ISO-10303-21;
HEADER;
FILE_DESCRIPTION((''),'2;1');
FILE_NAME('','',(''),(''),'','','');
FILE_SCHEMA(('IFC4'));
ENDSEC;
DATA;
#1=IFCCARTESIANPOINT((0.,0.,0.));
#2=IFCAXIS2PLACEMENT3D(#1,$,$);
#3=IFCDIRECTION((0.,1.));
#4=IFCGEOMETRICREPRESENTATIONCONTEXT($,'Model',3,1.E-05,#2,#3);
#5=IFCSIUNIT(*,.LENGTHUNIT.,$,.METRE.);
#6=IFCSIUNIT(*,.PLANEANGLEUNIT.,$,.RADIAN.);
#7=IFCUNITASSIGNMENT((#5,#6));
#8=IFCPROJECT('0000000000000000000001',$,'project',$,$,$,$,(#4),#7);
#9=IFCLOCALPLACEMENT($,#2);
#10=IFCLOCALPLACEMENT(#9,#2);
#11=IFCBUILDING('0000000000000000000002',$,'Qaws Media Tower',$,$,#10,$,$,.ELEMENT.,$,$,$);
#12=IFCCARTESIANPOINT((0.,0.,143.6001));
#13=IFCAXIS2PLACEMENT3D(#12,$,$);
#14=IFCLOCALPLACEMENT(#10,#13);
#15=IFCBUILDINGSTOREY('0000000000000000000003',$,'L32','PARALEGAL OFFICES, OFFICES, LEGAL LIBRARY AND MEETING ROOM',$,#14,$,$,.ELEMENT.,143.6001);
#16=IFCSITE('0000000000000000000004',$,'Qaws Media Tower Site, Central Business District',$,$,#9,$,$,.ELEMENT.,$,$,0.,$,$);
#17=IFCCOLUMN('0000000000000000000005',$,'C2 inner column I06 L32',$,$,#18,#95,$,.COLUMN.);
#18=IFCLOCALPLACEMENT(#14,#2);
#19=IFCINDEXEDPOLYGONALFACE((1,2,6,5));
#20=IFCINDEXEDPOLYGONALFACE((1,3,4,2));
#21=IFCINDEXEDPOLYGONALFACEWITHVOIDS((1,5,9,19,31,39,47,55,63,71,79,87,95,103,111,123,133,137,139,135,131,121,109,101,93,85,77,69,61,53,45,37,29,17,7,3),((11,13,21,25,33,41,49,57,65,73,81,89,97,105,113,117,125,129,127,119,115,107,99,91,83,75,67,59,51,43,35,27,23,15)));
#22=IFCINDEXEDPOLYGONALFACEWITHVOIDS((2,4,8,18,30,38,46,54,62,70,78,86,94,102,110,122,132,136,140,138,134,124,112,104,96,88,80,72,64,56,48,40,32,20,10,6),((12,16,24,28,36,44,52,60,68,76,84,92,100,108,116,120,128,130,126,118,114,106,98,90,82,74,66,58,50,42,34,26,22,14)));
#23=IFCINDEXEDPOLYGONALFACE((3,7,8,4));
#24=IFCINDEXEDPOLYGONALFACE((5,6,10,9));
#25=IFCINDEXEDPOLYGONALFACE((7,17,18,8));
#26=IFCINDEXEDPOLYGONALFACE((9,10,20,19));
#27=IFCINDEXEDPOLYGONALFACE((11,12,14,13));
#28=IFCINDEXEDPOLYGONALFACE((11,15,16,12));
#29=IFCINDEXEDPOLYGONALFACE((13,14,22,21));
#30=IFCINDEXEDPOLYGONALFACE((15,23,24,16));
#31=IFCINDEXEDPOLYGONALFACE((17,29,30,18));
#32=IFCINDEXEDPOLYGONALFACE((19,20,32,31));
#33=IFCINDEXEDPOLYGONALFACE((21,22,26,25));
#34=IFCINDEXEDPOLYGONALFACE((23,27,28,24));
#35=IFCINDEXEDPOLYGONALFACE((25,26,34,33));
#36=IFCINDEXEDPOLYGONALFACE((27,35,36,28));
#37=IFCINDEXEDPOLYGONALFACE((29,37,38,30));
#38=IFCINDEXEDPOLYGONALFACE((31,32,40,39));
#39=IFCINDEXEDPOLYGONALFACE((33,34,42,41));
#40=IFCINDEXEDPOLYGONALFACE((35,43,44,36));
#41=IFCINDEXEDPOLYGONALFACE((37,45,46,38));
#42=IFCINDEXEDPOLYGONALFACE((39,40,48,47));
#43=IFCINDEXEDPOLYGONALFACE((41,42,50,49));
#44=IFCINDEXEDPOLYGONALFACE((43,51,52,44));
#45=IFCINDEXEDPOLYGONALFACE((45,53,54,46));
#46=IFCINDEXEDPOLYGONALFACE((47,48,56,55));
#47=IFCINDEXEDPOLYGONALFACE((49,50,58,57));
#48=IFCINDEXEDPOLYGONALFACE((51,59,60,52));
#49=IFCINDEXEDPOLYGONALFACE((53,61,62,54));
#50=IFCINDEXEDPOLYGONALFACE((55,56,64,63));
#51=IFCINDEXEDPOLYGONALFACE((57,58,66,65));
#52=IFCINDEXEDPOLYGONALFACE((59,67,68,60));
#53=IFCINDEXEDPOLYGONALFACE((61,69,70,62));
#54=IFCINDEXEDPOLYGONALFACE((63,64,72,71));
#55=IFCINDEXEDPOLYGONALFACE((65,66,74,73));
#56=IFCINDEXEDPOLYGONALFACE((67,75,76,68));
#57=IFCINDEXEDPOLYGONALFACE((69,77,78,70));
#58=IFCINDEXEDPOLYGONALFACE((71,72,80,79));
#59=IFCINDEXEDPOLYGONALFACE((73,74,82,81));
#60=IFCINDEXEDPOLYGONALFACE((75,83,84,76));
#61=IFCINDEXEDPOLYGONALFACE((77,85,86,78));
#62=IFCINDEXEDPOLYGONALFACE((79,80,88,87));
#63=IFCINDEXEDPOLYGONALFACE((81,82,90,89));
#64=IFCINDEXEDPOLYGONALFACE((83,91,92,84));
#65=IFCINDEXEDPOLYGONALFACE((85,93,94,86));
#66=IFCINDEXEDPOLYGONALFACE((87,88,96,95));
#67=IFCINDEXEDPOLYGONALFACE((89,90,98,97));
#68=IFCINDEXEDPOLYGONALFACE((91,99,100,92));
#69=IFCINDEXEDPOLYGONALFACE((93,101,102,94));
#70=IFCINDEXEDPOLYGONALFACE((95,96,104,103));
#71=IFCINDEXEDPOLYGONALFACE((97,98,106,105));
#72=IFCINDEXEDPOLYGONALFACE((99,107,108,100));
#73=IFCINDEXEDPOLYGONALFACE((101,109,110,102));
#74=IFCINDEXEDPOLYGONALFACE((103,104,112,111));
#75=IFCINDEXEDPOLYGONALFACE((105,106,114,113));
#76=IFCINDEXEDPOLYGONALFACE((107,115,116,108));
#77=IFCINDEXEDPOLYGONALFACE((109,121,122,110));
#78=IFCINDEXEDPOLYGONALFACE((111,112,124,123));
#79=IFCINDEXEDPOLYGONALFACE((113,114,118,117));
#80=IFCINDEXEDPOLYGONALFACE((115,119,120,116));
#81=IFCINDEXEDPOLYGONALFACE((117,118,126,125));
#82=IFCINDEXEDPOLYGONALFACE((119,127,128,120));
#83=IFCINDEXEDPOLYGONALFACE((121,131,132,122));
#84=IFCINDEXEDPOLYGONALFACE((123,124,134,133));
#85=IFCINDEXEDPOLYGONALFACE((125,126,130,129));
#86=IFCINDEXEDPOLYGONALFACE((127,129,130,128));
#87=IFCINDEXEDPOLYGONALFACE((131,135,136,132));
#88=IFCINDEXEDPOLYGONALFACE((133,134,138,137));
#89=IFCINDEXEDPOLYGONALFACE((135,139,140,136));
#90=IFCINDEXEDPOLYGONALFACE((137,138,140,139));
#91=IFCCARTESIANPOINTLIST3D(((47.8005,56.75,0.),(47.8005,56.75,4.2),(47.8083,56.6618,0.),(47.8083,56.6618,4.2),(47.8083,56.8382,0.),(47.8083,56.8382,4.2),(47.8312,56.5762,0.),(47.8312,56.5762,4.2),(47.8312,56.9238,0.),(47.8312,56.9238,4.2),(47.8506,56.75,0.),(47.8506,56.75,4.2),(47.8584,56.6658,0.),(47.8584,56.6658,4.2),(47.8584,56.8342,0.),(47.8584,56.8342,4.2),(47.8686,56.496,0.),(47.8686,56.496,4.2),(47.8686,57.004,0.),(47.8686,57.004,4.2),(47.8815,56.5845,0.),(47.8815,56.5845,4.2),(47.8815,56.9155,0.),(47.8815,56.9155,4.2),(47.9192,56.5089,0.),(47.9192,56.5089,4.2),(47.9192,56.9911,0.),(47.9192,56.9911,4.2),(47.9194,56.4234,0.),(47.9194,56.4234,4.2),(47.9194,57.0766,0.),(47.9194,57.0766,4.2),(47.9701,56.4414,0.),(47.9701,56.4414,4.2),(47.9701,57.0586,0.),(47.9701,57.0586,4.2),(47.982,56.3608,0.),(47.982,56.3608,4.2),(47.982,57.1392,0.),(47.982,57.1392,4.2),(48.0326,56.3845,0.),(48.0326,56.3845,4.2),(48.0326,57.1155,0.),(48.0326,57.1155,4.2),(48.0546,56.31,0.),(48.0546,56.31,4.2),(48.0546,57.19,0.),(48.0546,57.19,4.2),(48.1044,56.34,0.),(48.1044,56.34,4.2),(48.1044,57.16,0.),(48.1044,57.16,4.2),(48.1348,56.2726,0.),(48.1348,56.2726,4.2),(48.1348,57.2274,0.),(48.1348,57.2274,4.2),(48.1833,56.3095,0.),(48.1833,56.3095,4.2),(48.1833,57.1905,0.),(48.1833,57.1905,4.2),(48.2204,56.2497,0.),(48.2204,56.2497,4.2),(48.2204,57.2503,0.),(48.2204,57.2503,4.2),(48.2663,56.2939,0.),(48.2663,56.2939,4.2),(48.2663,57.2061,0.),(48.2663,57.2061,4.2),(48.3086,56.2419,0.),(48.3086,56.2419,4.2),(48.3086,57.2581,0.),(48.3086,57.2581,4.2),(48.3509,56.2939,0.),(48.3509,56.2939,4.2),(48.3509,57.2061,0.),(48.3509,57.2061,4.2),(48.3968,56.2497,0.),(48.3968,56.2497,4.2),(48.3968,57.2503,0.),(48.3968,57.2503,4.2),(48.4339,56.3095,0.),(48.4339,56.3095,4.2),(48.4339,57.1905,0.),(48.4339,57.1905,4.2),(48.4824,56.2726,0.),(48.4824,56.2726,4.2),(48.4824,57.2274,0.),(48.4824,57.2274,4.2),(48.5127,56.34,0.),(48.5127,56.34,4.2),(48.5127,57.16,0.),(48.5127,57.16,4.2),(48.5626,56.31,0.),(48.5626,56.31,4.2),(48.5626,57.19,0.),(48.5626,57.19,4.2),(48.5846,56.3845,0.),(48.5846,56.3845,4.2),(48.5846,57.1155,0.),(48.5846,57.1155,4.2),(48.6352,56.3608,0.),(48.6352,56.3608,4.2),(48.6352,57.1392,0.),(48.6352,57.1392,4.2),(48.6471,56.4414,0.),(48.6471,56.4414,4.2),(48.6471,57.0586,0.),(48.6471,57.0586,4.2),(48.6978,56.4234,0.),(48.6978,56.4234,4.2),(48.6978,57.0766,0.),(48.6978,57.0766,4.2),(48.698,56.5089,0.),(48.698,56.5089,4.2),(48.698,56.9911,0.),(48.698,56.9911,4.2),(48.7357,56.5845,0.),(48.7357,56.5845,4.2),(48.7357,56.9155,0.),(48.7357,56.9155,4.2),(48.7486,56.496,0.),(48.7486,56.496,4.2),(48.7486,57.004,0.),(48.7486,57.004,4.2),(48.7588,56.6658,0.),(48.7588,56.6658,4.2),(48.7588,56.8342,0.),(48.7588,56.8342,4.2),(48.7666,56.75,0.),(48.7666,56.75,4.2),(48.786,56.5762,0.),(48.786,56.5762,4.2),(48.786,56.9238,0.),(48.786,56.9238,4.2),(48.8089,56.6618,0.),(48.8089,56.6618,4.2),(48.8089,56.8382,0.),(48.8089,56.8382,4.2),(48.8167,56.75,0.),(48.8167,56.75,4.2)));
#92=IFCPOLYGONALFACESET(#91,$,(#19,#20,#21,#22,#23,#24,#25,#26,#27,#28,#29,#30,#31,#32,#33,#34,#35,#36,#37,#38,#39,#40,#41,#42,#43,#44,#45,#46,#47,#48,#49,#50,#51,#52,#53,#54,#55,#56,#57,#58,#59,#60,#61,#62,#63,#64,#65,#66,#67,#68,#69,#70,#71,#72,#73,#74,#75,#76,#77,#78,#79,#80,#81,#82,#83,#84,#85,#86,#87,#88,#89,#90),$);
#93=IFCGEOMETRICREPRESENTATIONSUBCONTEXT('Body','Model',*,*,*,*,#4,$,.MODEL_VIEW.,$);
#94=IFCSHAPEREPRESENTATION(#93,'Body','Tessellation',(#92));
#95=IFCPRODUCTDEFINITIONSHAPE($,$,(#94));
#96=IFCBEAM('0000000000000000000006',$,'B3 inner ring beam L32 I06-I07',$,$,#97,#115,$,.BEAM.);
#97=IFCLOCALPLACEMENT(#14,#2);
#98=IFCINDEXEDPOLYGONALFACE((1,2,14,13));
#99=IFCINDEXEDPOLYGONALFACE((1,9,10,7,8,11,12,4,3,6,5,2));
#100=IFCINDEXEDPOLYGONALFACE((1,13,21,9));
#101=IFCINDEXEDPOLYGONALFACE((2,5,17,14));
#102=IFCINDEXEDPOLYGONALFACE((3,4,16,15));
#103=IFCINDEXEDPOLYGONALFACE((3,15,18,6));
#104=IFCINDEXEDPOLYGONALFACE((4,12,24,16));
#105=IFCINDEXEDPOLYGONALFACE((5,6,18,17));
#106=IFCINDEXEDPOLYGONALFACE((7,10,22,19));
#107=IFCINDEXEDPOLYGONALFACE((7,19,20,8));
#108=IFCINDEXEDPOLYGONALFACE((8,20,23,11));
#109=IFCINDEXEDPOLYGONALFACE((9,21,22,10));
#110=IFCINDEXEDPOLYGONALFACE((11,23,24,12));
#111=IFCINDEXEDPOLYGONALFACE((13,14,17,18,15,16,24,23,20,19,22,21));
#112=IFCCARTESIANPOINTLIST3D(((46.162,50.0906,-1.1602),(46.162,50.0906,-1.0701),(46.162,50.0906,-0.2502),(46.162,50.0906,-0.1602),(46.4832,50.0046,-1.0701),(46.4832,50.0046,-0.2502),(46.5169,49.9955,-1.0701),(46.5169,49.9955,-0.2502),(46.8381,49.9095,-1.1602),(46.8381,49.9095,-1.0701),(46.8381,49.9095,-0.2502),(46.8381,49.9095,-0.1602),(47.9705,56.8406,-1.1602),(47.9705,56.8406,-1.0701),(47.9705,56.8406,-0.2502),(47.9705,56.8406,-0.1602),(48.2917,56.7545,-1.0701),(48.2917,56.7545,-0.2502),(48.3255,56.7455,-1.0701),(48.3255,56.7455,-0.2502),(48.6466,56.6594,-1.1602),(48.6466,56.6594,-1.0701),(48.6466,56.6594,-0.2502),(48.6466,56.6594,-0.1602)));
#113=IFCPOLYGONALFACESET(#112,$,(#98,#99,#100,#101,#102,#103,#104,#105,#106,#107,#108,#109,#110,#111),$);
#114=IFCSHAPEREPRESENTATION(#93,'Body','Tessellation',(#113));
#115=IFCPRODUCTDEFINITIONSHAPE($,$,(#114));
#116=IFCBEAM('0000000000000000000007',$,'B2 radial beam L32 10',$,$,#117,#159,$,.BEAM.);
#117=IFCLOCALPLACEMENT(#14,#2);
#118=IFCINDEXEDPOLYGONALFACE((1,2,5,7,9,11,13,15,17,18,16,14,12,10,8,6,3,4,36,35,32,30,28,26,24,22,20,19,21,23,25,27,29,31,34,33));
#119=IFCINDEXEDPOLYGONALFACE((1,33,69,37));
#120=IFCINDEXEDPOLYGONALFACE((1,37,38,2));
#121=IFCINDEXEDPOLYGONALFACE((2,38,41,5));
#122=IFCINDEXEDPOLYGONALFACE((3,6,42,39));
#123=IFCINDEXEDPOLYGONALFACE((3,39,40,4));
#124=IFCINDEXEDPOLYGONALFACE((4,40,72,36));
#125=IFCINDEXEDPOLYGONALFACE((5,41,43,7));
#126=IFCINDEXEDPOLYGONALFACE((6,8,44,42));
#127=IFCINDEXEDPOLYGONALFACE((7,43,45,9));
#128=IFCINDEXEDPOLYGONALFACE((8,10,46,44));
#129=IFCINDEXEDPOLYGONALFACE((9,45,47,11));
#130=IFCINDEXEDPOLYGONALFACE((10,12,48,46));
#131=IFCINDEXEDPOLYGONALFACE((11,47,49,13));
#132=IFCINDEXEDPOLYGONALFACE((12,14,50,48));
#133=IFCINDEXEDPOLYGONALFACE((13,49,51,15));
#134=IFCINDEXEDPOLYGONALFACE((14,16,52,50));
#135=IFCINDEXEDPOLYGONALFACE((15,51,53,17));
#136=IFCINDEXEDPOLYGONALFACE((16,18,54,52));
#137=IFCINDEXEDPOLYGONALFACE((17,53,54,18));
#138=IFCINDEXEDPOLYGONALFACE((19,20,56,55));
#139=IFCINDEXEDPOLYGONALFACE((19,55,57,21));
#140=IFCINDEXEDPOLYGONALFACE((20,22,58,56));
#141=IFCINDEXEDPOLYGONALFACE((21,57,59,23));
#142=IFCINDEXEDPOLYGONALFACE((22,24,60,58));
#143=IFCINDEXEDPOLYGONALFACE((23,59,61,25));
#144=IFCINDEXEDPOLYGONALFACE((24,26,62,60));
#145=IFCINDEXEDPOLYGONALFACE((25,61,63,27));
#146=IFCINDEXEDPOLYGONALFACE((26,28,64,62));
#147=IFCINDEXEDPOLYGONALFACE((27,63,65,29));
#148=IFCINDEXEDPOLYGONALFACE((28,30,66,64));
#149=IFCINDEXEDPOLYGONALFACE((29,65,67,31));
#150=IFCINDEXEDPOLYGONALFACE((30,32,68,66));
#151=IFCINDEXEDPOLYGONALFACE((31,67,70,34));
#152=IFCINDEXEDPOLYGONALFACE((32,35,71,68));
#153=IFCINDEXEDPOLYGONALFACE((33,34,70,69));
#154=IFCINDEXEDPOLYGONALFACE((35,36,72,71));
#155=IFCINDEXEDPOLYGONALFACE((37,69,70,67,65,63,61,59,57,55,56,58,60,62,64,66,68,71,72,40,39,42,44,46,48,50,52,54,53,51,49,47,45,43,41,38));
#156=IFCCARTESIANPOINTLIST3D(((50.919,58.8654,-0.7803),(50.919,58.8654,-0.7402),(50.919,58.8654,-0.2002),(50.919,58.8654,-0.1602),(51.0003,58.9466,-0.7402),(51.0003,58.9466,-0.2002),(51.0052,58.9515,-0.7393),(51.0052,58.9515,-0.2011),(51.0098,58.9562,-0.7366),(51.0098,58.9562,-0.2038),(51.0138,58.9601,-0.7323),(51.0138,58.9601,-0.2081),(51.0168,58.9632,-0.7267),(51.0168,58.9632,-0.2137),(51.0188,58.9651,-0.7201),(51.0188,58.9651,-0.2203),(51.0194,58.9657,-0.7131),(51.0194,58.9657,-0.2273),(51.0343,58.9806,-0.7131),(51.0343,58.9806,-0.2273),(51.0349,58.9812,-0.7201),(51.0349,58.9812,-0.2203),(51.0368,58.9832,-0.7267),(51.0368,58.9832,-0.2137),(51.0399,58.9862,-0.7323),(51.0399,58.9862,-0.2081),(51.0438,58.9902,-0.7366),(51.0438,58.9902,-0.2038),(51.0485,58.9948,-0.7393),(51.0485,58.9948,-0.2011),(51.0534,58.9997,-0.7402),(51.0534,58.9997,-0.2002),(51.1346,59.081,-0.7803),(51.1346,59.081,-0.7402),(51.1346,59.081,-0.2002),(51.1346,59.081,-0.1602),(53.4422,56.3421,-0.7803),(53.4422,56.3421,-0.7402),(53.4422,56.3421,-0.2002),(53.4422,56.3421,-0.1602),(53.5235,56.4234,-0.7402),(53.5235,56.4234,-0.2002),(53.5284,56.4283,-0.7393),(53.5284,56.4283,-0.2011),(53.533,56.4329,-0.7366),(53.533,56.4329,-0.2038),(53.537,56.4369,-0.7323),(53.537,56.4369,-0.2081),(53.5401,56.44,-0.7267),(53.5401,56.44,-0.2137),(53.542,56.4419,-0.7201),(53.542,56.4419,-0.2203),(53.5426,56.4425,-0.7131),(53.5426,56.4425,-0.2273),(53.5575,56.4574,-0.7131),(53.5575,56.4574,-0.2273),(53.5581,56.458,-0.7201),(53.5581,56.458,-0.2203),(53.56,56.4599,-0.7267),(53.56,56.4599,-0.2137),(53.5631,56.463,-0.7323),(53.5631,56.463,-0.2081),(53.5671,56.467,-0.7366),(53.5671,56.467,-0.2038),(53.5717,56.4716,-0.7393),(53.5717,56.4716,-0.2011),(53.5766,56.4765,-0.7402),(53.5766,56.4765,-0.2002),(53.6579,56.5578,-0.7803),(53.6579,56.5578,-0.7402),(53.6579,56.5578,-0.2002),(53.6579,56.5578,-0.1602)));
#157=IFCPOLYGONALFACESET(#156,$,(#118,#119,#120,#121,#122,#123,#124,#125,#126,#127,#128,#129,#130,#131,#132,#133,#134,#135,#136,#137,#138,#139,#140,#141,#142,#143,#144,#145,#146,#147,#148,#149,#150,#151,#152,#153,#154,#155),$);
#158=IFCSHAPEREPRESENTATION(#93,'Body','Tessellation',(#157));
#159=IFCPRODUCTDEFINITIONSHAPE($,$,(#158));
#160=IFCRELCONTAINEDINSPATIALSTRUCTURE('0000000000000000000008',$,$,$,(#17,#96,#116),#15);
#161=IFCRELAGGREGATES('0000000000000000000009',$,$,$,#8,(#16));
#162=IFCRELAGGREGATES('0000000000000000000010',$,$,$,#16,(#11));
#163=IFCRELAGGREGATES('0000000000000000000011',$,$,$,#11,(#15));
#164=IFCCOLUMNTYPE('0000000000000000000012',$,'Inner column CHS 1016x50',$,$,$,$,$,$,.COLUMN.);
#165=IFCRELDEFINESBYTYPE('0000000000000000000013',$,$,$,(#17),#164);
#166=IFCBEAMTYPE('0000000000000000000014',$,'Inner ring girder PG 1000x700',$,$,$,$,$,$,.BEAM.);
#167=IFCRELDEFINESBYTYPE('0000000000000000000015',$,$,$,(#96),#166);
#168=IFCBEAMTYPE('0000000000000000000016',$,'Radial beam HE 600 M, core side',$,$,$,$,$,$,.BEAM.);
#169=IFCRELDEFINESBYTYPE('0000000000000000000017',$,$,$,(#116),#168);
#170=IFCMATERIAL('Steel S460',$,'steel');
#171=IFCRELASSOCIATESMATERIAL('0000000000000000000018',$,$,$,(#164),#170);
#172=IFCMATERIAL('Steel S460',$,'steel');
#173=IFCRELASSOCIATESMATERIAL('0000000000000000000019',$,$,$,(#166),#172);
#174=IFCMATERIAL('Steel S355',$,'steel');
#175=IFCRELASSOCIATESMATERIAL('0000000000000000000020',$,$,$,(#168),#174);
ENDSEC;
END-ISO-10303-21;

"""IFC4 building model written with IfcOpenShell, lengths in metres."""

from ifc_helpers import new_model, si_unit, direction, frame, origin, origin_2d, place, context, subcontext, project, spatial, hollow_circle, i_section, extrude, material, material_profile, profile_set, type_object, element, save


model = new_model("IFC4")

# Units and contexts
model_context = context("Model", 3, precision=1e-05, world=origin(), true_north=direction((0.0, 1.0)))
body_context = subcontext(model_context, "Body", "Model", "MODEL_VIEW")
ifc_project = project(units=[si_unit("LENGTHUNIT", "METRE"), si_unit("PLANEANGLEUNIT", "RADIAN")], contexts=[model_context])

# Site, building, storey
site_placement = place(None, origin())
site = spatial("IfcSite", under=ifc_project, at=site_placement, Name="Qaws Media Tower Site, Central Business District", CompositionType="ELEMENT", RefElevation=0.0)
building_placement = place(site_placement, origin())
building = spatial("IfcBuilding", under=site, at=building_placement, Name="Qaws Media Tower", CompositionType="ELEMENT")
storey_placement = place(building_placement, frame((0.0, 0.0, 143.6001)))
storey = spatial("IfcBuildingStorey", under=building, at=storey_placement, Name="L32", Description="PARALEGAL OFFICES, OFFICES, LEGAL LIBRARY AND MEETING ROOM", CompositionType="ELEMENT", Elevation=143.6001)

# Column
ifc_material_1 = material(Name="Steel S460", Category="steel")
ifc_material_profile_1 = material_profile(ifc_material_1, hollow_circle(Radius=0.5081, WallThickness=0.05, at=origin_2d()), Name="CHS 1016x50")
ifc_profile_set_1 = profile_set([ifc_material_profile_1], Name="Steel S460")
column_type = type_object("IfcColumnType", Name="Inner column CHS 1016x50", PredefinedType="COLUMN", material=ifc_profile_set_1)
column_placement = place(storey_placement, frame((48.3086, 56.75, 0.0), z_axis=(0.0, 0.0, 1.0), x_axis=(1.0, 0.0, 0.0)))
element("IfcColumn", 1, at=column_placement, inside=storey, type_object=column_type, Name="C2 inner column I06 L32", PredefinedType="COLUMN", context=body_context, shape_type="SweptSolid", body=[
    extrude(hollow_circle(Radius=0.5081, WallThickness=0.05, at=origin_2d()), origin(), (0.0, 0.0, 1.0), 4.2),
])

# Beams
ifc_material_2 = material(Name="Steel S460", Category="steel")
ifc_material_profile_2 = material_profile(ifc_material_2, i_section(OverallWidth=0.7, OverallDepth=1.0, WebThickness=0.0349, FlangeThickness=0.0901, at=origin_2d()), Name="PG 1000x700")
ifc_profile_set_2 = profile_set([ifc_material_profile_2], Name="Steel S460")
beam_type_1 = type_object("IfcBeamType", Name="Inner ring girder PG 1000x700", PredefinedType="BEAM", material=ifc_profile_set_2)
beam_1_placement = place(storey_placement, frame((48.3086, 56.75, -0.6602), z_axis=(-0.258811, -0.965928, 0.0), x_axis=(0.965928, -0.258811, 0.0)))
element("IfcBeam", 2, at=beam_1_placement, inside=storey, type_object=beam_type_1, Name="B3 inner ring beam L32 I06-I07", PredefinedType="BEAM", context=body_context, shape_type="SweptSolid", body=[
    extrude(i_section(OverallWidth=0.7, OverallDepth=1.0, WebThickness=0.0349, FlangeThickness=0.0901, at=origin_2d()), origin(), (0.0, 0.0, 1.0), 6.988),
])
ifc_material_3 = material(Name="Steel S355", Category="steel")
ifc_material_profile_3 = material_profile(ifc_material_3, i_section(OverallWidth=0.3049, OverallDepth=0.6201, WebThickness=0.021, FlangeThickness=0.04, FilletRadius=0.0271, at=origin_2d()), Name="HE 600 M")
ifc_profile_set_3 = profile_set([ifc_material_profile_3], Name="Steel S355")
beam_type_2 = type_object("IfcBeamType", Name="Radial beam HE 600 M, core side", PredefinedType="BEAM", material=ifc_profile_set_3)
beam_2_placement = place(storey_placement, frame((53.55, 56.45, -0.4702), z_axis=(-0.707107, 0.707107, 0.0), x_axis=(-0.707107, -0.707107, 0.0)))
element("IfcBeam", 3, at=beam_2_placement, inside=storey, type_object=beam_type_2, Name="B2 radial beam L32 10", PredefinedType="BEAM", context=body_context, shape_type="SweptSolid", body=[
    extrude(i_section(OverallWidth=0.3049, OverallDepth=0.6201, WebThickness=0.021, FlangeThickness=0.04, FilletRadius=0.0271, at=origin_2d()), origin(), (0.0, 0.0, 1.0), 3.5684),
])

save(model, "model.ifc")
